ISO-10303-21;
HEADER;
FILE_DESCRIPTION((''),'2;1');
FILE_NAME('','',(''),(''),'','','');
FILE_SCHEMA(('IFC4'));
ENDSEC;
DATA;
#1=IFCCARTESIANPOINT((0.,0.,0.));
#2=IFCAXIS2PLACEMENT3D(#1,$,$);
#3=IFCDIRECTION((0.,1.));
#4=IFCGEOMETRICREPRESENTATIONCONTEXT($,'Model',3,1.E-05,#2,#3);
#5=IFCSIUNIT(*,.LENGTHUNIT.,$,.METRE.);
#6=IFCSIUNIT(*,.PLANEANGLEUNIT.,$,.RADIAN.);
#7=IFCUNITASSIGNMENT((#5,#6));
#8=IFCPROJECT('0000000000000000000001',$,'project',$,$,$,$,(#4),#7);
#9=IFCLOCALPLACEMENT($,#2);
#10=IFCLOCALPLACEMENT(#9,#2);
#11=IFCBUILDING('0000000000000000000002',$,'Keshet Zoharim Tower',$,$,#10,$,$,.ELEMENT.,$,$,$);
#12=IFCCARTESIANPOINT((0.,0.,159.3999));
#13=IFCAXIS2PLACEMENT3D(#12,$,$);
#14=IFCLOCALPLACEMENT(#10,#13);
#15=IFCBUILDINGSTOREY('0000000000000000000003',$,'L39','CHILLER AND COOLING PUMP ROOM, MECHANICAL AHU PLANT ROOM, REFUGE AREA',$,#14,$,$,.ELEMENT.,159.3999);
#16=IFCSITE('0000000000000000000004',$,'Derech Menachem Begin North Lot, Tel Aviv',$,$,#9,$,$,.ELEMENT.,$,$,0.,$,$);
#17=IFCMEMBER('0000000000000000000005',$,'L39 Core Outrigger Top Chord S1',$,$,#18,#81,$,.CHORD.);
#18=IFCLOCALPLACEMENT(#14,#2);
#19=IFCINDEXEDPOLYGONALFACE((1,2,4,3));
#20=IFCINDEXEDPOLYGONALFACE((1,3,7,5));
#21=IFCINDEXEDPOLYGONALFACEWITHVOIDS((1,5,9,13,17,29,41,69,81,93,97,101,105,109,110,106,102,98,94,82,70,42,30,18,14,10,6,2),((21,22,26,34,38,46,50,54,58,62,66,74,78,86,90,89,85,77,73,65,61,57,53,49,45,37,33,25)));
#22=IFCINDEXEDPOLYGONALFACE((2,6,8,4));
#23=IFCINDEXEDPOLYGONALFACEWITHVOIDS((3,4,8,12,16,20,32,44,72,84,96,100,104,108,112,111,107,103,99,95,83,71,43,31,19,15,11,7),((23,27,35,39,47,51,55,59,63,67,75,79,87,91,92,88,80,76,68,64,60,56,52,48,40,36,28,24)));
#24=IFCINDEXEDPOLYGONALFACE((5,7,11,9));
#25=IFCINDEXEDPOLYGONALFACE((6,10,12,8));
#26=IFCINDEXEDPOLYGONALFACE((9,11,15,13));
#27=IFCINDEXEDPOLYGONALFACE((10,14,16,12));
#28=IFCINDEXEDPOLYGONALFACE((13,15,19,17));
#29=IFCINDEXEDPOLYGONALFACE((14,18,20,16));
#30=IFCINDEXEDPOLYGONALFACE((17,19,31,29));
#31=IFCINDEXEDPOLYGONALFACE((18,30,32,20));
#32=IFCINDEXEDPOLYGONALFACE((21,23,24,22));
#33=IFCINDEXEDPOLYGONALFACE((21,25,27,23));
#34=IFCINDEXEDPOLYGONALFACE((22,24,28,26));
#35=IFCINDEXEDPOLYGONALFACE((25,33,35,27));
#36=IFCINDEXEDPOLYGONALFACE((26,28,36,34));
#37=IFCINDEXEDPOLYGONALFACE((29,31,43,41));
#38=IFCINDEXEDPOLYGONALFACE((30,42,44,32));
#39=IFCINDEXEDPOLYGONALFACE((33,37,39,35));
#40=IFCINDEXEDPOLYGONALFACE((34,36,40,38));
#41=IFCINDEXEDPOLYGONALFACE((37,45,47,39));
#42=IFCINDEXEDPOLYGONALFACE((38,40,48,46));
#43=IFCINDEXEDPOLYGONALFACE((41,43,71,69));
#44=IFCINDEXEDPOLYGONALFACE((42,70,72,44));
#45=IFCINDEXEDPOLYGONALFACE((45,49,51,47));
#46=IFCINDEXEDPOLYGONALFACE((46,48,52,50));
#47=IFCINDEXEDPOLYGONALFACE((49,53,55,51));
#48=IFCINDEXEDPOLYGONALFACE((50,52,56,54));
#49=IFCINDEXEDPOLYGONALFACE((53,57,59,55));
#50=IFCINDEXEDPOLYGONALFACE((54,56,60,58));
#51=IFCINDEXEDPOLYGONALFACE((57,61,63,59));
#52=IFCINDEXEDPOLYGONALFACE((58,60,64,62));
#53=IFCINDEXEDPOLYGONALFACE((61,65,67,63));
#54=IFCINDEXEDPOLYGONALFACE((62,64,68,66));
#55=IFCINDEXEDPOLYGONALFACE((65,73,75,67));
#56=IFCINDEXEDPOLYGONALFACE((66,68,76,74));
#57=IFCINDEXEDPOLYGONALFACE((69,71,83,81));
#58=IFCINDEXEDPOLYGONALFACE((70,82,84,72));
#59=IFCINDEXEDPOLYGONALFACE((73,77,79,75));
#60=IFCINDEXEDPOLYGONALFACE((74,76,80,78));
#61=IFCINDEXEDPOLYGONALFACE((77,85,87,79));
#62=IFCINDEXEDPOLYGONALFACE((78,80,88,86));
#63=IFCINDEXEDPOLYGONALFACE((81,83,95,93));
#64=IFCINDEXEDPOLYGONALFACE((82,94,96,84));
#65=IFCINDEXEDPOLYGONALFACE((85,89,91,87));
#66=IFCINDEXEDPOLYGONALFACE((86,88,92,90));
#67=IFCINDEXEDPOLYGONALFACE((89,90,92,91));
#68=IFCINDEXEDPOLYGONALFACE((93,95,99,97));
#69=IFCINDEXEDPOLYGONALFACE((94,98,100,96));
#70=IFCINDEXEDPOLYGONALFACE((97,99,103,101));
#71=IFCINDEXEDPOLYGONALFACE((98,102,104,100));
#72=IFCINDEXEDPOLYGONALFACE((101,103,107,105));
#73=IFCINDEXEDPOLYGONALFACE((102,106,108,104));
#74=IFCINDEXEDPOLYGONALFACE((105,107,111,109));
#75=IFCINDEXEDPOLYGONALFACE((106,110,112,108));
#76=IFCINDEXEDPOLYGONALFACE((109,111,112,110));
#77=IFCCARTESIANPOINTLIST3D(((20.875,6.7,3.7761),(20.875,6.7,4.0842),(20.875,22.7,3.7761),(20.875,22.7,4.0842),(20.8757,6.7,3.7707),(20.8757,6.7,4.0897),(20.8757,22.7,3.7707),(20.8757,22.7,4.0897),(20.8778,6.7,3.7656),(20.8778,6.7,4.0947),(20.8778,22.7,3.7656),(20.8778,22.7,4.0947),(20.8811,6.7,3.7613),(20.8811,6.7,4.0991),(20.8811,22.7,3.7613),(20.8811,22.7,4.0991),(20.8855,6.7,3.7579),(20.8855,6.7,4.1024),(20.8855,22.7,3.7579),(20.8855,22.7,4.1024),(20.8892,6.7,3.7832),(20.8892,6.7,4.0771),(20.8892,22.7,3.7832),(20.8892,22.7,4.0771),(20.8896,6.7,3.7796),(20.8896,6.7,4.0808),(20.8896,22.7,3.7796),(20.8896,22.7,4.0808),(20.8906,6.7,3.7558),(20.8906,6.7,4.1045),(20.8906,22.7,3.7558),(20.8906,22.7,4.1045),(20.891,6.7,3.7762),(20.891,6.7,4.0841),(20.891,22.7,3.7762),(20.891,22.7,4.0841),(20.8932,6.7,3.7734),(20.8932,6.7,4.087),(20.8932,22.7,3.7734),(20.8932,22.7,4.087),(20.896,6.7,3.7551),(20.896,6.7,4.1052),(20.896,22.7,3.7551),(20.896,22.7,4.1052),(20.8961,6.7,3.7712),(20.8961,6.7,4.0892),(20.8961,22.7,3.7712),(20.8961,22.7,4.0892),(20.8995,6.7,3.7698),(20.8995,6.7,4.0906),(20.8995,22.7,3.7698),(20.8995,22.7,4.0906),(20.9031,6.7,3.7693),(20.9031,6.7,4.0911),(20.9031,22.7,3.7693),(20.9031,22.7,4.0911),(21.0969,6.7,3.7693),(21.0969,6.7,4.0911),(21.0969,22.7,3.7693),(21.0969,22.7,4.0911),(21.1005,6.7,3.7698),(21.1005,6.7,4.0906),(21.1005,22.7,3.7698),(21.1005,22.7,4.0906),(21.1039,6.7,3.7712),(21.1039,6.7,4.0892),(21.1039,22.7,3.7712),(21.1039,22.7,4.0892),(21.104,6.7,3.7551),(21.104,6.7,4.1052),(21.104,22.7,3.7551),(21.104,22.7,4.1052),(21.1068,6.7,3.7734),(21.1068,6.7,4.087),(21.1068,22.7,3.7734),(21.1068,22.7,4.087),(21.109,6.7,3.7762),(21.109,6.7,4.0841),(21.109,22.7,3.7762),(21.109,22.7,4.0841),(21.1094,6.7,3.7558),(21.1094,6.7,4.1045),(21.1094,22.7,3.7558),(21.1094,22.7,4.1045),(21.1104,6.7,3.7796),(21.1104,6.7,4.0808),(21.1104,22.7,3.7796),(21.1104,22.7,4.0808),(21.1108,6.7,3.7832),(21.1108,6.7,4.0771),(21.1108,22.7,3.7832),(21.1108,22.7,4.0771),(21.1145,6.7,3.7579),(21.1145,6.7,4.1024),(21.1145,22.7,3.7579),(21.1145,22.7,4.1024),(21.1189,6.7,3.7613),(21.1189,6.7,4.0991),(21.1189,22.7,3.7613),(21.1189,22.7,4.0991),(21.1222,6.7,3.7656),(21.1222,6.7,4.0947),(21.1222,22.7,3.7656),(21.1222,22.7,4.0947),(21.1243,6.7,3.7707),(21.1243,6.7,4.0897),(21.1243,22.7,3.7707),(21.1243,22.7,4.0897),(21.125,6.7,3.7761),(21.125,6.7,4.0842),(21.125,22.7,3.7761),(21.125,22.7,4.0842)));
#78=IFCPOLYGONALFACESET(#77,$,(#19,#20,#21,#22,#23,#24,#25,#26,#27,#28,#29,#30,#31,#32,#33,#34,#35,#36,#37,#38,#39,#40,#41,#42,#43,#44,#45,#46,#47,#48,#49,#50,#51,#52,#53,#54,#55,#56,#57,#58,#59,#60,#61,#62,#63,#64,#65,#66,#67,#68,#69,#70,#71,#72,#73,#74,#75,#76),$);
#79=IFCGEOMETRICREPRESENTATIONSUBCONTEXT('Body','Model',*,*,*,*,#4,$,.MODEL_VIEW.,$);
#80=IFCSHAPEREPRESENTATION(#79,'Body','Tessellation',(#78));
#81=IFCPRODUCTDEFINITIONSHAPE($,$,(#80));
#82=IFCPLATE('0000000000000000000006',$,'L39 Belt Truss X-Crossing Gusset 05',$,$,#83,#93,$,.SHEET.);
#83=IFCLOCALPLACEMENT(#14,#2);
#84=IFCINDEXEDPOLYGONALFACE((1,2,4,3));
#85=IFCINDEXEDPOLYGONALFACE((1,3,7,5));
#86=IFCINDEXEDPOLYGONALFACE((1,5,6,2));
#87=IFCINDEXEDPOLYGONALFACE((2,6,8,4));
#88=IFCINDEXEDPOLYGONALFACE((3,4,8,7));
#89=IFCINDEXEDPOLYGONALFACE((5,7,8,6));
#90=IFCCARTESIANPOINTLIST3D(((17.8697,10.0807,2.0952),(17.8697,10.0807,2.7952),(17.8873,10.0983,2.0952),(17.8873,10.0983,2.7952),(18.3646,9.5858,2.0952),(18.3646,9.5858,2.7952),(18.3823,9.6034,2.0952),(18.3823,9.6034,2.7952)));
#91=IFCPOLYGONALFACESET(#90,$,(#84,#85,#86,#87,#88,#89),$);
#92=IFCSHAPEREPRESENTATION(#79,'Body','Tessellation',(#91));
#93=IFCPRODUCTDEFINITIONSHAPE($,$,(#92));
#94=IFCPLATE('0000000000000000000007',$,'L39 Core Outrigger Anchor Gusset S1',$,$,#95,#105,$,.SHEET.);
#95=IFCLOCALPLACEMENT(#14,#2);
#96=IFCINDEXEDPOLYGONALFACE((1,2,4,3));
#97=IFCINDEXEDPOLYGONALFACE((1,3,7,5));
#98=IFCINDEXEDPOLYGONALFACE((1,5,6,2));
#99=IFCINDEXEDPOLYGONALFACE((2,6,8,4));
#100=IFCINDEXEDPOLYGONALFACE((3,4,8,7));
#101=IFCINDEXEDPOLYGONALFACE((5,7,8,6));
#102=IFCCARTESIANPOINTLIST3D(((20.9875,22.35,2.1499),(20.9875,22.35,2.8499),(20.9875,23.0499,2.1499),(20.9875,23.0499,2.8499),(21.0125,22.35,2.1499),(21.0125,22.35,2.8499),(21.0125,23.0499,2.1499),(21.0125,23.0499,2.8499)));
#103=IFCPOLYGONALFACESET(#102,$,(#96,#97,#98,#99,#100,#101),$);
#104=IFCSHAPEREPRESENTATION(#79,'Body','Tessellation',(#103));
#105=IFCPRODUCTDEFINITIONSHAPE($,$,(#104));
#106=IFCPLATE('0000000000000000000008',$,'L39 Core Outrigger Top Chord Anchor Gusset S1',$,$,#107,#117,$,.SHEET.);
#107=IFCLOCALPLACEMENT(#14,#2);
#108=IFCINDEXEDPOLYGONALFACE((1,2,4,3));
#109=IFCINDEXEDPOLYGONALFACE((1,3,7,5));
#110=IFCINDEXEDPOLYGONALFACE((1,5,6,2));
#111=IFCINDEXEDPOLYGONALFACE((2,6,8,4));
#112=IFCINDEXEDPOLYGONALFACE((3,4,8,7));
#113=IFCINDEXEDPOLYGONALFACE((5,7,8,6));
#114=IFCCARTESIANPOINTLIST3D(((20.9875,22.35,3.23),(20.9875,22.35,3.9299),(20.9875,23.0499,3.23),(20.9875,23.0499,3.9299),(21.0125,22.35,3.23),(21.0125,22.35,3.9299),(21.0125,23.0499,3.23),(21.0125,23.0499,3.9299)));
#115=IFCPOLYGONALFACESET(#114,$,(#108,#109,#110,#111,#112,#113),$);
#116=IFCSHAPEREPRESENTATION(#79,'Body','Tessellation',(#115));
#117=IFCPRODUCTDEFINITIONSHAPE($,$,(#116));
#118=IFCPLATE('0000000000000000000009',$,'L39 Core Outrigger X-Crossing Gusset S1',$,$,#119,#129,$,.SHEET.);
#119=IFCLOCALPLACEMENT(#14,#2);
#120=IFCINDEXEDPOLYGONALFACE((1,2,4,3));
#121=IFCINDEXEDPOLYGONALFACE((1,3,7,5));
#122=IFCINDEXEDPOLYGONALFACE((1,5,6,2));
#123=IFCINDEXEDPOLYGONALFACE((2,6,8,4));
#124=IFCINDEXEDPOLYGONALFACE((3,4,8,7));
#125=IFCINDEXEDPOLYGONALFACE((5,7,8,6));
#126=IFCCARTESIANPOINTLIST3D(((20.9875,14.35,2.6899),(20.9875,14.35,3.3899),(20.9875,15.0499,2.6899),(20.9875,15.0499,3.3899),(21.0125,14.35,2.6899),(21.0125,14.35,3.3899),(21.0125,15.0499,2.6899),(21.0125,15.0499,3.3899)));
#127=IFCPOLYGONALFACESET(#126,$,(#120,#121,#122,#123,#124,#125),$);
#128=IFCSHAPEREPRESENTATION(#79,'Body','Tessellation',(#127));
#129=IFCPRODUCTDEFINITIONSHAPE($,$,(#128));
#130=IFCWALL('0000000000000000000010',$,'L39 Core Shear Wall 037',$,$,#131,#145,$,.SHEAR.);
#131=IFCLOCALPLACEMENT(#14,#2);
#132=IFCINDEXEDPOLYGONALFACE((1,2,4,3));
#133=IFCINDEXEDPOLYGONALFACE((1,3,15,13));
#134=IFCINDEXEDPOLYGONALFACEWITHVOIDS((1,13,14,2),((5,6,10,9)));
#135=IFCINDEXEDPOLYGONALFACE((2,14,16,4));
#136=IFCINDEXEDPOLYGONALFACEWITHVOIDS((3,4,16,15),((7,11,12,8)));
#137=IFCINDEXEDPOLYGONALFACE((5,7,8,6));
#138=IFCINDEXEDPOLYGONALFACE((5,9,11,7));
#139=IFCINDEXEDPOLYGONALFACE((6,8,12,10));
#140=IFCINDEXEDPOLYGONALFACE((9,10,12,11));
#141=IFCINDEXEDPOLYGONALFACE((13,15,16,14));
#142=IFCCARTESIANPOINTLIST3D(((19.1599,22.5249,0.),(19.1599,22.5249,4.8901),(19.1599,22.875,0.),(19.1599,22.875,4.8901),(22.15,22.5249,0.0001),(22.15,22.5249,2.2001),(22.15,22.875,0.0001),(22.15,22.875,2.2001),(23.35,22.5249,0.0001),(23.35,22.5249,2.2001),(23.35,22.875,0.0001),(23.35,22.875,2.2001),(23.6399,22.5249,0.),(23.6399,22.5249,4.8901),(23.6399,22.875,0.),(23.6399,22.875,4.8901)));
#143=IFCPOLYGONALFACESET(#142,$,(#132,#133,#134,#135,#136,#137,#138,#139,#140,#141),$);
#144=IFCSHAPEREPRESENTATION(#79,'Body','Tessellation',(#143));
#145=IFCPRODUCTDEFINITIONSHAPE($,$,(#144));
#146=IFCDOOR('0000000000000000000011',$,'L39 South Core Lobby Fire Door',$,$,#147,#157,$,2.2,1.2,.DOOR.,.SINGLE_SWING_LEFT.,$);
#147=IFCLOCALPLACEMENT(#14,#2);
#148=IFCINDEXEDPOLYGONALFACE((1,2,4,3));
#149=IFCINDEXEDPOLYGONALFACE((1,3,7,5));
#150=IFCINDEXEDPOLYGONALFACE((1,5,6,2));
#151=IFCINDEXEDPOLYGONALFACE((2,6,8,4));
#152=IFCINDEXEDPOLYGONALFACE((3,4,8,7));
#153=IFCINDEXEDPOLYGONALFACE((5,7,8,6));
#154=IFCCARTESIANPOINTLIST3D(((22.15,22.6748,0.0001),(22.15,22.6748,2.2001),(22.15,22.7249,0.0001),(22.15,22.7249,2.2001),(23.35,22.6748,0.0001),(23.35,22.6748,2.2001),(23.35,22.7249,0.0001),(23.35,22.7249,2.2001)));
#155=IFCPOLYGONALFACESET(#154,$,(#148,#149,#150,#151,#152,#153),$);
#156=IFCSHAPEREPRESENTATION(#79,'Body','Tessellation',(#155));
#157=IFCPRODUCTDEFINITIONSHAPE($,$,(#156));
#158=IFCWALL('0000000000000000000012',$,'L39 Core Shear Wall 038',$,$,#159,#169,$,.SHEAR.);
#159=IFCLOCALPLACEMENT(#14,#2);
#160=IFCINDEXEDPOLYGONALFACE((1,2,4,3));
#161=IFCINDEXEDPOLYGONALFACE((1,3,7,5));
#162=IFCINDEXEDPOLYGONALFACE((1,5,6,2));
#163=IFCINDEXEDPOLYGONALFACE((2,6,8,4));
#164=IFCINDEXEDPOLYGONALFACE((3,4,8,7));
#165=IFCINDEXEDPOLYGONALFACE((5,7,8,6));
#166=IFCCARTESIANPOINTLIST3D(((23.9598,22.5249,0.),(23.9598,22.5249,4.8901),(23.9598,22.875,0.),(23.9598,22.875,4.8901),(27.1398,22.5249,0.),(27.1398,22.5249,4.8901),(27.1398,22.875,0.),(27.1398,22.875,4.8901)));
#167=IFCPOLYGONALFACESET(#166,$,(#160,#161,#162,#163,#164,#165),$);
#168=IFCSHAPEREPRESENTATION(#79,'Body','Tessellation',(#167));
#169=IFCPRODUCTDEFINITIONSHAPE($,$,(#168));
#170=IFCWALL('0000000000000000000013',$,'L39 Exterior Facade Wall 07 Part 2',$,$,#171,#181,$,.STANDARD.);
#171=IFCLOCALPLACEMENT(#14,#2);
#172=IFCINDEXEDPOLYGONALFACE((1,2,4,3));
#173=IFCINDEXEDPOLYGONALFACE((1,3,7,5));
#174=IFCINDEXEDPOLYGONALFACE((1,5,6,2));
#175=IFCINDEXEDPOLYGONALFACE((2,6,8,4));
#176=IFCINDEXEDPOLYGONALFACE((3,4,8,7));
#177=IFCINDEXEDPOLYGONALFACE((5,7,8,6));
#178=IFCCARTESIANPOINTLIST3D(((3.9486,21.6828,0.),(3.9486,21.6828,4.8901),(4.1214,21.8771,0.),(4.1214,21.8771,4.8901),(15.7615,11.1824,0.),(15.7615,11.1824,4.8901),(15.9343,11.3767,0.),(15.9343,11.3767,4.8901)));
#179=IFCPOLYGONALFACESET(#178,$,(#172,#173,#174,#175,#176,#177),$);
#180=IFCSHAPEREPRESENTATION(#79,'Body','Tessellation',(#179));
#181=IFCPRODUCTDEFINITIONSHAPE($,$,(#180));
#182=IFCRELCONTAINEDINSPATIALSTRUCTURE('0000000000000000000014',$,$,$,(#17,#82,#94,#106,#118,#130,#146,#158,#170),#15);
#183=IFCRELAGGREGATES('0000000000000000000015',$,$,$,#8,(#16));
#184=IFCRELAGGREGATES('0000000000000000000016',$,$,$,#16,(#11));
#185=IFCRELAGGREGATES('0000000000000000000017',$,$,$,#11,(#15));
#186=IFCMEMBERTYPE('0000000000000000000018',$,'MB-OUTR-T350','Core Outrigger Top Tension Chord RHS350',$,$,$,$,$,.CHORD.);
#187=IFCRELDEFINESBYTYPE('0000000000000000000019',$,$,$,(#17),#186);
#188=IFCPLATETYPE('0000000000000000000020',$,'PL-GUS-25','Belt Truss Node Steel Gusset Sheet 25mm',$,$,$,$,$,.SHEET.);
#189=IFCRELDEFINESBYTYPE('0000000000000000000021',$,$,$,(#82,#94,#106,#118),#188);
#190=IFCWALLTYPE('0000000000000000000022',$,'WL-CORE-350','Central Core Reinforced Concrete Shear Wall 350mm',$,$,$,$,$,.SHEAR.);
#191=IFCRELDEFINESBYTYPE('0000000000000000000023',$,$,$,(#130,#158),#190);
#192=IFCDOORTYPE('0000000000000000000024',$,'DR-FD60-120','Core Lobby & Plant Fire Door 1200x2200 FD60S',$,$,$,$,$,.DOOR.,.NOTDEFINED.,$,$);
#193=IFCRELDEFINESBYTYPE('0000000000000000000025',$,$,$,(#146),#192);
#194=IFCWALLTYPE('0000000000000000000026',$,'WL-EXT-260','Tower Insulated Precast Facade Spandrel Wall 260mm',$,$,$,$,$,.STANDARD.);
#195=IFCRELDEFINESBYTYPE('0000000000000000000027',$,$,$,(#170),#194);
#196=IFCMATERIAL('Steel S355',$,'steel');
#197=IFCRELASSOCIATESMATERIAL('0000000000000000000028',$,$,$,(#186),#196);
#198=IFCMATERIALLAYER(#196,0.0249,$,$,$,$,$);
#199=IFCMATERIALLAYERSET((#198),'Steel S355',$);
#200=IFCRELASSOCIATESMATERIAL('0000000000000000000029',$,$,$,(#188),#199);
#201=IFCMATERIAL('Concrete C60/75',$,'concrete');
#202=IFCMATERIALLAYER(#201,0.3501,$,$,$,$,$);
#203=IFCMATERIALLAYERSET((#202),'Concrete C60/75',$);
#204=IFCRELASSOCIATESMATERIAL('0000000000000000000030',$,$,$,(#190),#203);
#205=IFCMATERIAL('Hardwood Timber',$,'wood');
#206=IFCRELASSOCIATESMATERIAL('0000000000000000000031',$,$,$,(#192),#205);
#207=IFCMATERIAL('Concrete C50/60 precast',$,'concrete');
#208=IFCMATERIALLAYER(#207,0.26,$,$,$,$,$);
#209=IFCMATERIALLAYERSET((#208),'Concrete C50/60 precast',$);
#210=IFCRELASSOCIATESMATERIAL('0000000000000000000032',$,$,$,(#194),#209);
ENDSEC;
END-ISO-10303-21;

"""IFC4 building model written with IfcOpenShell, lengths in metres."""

from ifc_helpers import new_model, si_unit, direction, frame, frame_2d, origin, origin_2d, place, context, subcontext, project, spatial, rectangle, hollow_rectangle, extrude, material, layer, layer_set, material_profile, profile_set, type_object, element, fill, save


model = new_model("IFC4")

# Units and contexts
model_context = context("Model", 3, precision=1e-05, world=origin(), true_north=direction((0.0, 1.0)))
body_context = subcontext(model_context, "Body", "Model", "MODEL_VIEW")
ifc_project = project(units=[si_unit("LENGTHUNIT", "METRE"), si_unit("PLANEANGLEUNIT", "RADIAN")], contexts=[model_context])

# Site, building, storey
site_placement = place(None, origin())
site = spatial("IfcSite", under=ifc_project, at=site_placement, Name="Derech Menachem Begin North Lot, Tel Aviv", CompositionType="ELEMENT", RefElevation=0.0)
building_placement = place(site_placement, origin())
building = spatial("IfcBuilding", under=site, at=building_placement, Name="Keshet Zoharim Tower", CompositionType="ELEMENT")
storey_placement = place(building_placement, frame((0.0, 0.0, 159.3999)))
storey = spatial("IfcBuildingStorey", under=building, at=storey_placement, Name="L39", Description="CHILLER AND COOLING PUMP ROOM, MECHANICAL AHU PLANT ROOM, REFUGE AREA", CompositionType="ELEMENT", Elevation=159.3999)

# Member
ifc_material_1 = material(Name="Steel S355", Category="steel")
ifc_material_profile_1 = material_profile(ifc_material_1, hollow_rectangle(XDim=0.25, YDim=0.3501, WallThickness=0.0142, InnerFilletRadius=0.0139, OuterFilletRadius=0.021, at=origin_2d()), Name="RHS350x250x14.2")
ifc_profile_set_1 = profile_set([ifc_material_profile_1], Name="Steel S355")
member_type_1 = type_object("IfcMemberType", Name="MB-OUTR-T350", Description="Core Outrigger Top Tension Chord RHS350", PredefinedType="CHORD", material=ifc_profile_set_1)
member_1_placement = place(storey_placement, frame((21.0, 22.7, 3.9302), z_axis=(0.0, -1.0, 0.0), x_axis=(1.0, 0.0, 0.0)))
element("IfcMember", 1, at=member_1_placement, inside=storey, type_object=member_type_1, Name="L39 Core Outrigger Top Chord S1", PredefinedType="CHORD", context=body_context, shape_type="SweptSolid", body=[
    extrude(hollow_rectangle(XDim=0.25, YDim=0.3501, WallThickness=0.0142, InnerFilletRadius=0.0139, OuterFilletRadius=0.021, at=origin_2d()), origin(), (0.0, 0.0, 1.0), 16.0),
])

# Plates
ifc_layer_1 = layer(ifc_material_1, 0.0249)
ifc_layer_set_1 = layer_set([ifc_layer_1], Name="Steel S355")
plate_type = type_object("IfcPlateType", Name="PL-GUS-25", Description="Belt Truss Node Steel Gusset Sheet 25mm", PredefinedType="SHEET", material=ifc_layer_set_1)
for number, where, z_axis, x_axis, name in (
    (2, (18.126, 9.842, 2.0952), (0.0, 0.0, 1.0), (-0.707107, 0.707107, 0.0), "L39 Belt Truss X-Crossing Gusset 05"),
    (3, (21.0, 22.7, 2.1499), (0.0, 0.0, 1.0), (0.0, 1.0, 0.0), "L39 Core Outrigger Anchor Gusset S1"),
    (4, (21.0, 22.7, 3.23), (0.0, 0.0, 1.0), (0.0, 1.0, 0.0), "L39 Core Outrigger Top Chord Anchor Gusset S1"),
    (5, (21.0, 14.7, 2.6899), (0.0, 0.0, 1.0), (0.0, 1.0, 0.0), "L39 Core Outrigger X-Crossing Gusset S1"),
):
    element("IfcPlate", number, at=place(storey_placement, frame(where, z_axis=z_axis, x_axis=x_axis)), inside=storey, type_object=plate_type, Name=name, PredefinedType="SHEET", context=body_context, shape_type="SweptSolid", body=[
        extrude(rectangle(XDim=0.7, YDim=0.0249, at=origin_2d()), origin(), (0.0, 0.0, 1.0), 0.7),
    ])

# Wall, opening, door
ifc_material_2 = material(Name="Concrete C60/75", Category="concrete")
ifc_layer_2 = layer(ifc_material_2, 0.3501)
ifc_layer_set_2 = layer_set([ifc_layer_2], Name="Concrete C60/75")
wall_type_1 = type_object("IfcWallType", Name="WL-CORE-350", Description="Central Core Reinforced Concrete Shear Wall 350mm", PredefinedType="SHEAR", material=ifc_layer_set_2)
ifc_material_3 = material(Name="Hardwood Timber", Category="wood")
wall_1_placement = place(storey_placement, frame((19.1599, 22.7, 0.0), z_axis=(0.0, 0.0, 1.0), x_axis=(1.0, 0.0, 0.0)))
wall_1 = element("IfcWall", 6, at=wall_1_placement, inside=storey, type_object=wall_type_1, Name="L39 Core Shear Wall 037", PredefinedType="SHEAR", context=body_context, shape_type="SweptSolid", body=[
    extrude(rectangle(XDim=4.48, YDim=0.3501, at=frame_2d((2.24, 0.0))), origin(), (0.0, 0.0, 1.0), 4.8901),
])
opening_1_placement = place(wall_1_placement, frame((2.99, 0.0, 0.0)))
opening_1 = element("IfcOpeningElement", 7, at=opening_1_placement, cuts=wall_1, PredefinedType="OPENING", context=body_context, shape_type="SweptSolid", body=[
    extrude(rectangle(XDim=1.2, YDim=2.2, at=frame_2d((0.6001, 1.1001))), frame((0.0, 0.1851, 0.0), z_axis=(0.0, -1.0, 0.0), x_axis=(1.0, 0.0, 0.0)), (0.0, 0.0, 1.0), 0.3701),
])
door_type_1 = type_object("IfcDoorType", Name="DR-FD60-120", Description="Core Lobby & Plant Fire Door 1200x2200 FD60S", OperationType="NOTDEFINED", PredefinedType="DOOR", material=ifc_material_3)
door_1_placement = place(opening_1_placement, origin())
door_1 = element("IfcDoor", 8, at=door_1_placement, inside=storey, type_object=door_type_1, Name="L39 South Core Lobby Fire Door", OperationType="SINGLE_SWING_LEFT", OverallHeight=2.2, OverallWidth=1.2, PredefinedType="DOOR", context=body_context, shape_type="SweptSolid", body=[
    extrude(rectangle(XDim=1.2, YDim=2.2, at=frame_2d((0.6001, 1.1001))), frame((0.0, 0.0249, 0.0), z_axis=(0.0, -1.0, 0.0), x_axis=(1.0, 0.0, 0.0)), (0.0, 0.0, 1.0), 0.05),
])
fill(opening_1, door_1)

# Walls
wall_2_placement = place(storey_placement, frame((23.96, 22.7, 0.0), z_axis=(0.0, 0.0, 1.0), x_axis=(1.0, 0.0, 0.0)))
element("IfcWall", 9, at=wall_2_placement, inside=storey, type_object=wall_type_1, Name="L39 Core Shear Wall 038", PredefinedType="SHEAR", context=body_context, shape_type="SweptSolid", body=[
    extrude(rectangle(XDim=3.1799, YDim=0.3501, at=frame_2d((1.5898, 0.0))), origin(), (0.0, 0.0, 1.0), 4.8901),
])
ifc_material_4 = material(Name="Concrete C50/60 precast", Category="concrete")
ifc_layer_3 = layer(ifc_material_4, 0.26)
ifc_layer_set_3 = layer_set([ifc_layer_3], Name="Concrete C50/60 precast")
wall_type_2 = type_object("IfcWallType", Name="WL-EXT-260", Description="Tower Insulated Precast Facade Spandrel Wall 260mm", PredefinedType="STANDARD", material=ifc_layer_set_3)
wall_3_placement = place(storey_placement, frame((15.8479, 11.2795, 0.0), z_axis=(0.0, 0.0, 1.0), x_axis=(-0.747408, 0.664366, 0.0)))
element("IfcWall", 10, at=wall_3_placement, inside=storey, type_object=wall_type_2, Name="L39 Exterior Facade Wall 07 Part 2", PredefinedType="STANDARD", context=body_context, shape_type="SweptSolid", body=[
    extrude(rectangle(XDim=15.8052, YDim=0.26, at=frame_2d((7.9026, 0.0))), origin(), (0.0, 0.0, 1.0), 4.8901),
])

save(model, "model.ifc")
